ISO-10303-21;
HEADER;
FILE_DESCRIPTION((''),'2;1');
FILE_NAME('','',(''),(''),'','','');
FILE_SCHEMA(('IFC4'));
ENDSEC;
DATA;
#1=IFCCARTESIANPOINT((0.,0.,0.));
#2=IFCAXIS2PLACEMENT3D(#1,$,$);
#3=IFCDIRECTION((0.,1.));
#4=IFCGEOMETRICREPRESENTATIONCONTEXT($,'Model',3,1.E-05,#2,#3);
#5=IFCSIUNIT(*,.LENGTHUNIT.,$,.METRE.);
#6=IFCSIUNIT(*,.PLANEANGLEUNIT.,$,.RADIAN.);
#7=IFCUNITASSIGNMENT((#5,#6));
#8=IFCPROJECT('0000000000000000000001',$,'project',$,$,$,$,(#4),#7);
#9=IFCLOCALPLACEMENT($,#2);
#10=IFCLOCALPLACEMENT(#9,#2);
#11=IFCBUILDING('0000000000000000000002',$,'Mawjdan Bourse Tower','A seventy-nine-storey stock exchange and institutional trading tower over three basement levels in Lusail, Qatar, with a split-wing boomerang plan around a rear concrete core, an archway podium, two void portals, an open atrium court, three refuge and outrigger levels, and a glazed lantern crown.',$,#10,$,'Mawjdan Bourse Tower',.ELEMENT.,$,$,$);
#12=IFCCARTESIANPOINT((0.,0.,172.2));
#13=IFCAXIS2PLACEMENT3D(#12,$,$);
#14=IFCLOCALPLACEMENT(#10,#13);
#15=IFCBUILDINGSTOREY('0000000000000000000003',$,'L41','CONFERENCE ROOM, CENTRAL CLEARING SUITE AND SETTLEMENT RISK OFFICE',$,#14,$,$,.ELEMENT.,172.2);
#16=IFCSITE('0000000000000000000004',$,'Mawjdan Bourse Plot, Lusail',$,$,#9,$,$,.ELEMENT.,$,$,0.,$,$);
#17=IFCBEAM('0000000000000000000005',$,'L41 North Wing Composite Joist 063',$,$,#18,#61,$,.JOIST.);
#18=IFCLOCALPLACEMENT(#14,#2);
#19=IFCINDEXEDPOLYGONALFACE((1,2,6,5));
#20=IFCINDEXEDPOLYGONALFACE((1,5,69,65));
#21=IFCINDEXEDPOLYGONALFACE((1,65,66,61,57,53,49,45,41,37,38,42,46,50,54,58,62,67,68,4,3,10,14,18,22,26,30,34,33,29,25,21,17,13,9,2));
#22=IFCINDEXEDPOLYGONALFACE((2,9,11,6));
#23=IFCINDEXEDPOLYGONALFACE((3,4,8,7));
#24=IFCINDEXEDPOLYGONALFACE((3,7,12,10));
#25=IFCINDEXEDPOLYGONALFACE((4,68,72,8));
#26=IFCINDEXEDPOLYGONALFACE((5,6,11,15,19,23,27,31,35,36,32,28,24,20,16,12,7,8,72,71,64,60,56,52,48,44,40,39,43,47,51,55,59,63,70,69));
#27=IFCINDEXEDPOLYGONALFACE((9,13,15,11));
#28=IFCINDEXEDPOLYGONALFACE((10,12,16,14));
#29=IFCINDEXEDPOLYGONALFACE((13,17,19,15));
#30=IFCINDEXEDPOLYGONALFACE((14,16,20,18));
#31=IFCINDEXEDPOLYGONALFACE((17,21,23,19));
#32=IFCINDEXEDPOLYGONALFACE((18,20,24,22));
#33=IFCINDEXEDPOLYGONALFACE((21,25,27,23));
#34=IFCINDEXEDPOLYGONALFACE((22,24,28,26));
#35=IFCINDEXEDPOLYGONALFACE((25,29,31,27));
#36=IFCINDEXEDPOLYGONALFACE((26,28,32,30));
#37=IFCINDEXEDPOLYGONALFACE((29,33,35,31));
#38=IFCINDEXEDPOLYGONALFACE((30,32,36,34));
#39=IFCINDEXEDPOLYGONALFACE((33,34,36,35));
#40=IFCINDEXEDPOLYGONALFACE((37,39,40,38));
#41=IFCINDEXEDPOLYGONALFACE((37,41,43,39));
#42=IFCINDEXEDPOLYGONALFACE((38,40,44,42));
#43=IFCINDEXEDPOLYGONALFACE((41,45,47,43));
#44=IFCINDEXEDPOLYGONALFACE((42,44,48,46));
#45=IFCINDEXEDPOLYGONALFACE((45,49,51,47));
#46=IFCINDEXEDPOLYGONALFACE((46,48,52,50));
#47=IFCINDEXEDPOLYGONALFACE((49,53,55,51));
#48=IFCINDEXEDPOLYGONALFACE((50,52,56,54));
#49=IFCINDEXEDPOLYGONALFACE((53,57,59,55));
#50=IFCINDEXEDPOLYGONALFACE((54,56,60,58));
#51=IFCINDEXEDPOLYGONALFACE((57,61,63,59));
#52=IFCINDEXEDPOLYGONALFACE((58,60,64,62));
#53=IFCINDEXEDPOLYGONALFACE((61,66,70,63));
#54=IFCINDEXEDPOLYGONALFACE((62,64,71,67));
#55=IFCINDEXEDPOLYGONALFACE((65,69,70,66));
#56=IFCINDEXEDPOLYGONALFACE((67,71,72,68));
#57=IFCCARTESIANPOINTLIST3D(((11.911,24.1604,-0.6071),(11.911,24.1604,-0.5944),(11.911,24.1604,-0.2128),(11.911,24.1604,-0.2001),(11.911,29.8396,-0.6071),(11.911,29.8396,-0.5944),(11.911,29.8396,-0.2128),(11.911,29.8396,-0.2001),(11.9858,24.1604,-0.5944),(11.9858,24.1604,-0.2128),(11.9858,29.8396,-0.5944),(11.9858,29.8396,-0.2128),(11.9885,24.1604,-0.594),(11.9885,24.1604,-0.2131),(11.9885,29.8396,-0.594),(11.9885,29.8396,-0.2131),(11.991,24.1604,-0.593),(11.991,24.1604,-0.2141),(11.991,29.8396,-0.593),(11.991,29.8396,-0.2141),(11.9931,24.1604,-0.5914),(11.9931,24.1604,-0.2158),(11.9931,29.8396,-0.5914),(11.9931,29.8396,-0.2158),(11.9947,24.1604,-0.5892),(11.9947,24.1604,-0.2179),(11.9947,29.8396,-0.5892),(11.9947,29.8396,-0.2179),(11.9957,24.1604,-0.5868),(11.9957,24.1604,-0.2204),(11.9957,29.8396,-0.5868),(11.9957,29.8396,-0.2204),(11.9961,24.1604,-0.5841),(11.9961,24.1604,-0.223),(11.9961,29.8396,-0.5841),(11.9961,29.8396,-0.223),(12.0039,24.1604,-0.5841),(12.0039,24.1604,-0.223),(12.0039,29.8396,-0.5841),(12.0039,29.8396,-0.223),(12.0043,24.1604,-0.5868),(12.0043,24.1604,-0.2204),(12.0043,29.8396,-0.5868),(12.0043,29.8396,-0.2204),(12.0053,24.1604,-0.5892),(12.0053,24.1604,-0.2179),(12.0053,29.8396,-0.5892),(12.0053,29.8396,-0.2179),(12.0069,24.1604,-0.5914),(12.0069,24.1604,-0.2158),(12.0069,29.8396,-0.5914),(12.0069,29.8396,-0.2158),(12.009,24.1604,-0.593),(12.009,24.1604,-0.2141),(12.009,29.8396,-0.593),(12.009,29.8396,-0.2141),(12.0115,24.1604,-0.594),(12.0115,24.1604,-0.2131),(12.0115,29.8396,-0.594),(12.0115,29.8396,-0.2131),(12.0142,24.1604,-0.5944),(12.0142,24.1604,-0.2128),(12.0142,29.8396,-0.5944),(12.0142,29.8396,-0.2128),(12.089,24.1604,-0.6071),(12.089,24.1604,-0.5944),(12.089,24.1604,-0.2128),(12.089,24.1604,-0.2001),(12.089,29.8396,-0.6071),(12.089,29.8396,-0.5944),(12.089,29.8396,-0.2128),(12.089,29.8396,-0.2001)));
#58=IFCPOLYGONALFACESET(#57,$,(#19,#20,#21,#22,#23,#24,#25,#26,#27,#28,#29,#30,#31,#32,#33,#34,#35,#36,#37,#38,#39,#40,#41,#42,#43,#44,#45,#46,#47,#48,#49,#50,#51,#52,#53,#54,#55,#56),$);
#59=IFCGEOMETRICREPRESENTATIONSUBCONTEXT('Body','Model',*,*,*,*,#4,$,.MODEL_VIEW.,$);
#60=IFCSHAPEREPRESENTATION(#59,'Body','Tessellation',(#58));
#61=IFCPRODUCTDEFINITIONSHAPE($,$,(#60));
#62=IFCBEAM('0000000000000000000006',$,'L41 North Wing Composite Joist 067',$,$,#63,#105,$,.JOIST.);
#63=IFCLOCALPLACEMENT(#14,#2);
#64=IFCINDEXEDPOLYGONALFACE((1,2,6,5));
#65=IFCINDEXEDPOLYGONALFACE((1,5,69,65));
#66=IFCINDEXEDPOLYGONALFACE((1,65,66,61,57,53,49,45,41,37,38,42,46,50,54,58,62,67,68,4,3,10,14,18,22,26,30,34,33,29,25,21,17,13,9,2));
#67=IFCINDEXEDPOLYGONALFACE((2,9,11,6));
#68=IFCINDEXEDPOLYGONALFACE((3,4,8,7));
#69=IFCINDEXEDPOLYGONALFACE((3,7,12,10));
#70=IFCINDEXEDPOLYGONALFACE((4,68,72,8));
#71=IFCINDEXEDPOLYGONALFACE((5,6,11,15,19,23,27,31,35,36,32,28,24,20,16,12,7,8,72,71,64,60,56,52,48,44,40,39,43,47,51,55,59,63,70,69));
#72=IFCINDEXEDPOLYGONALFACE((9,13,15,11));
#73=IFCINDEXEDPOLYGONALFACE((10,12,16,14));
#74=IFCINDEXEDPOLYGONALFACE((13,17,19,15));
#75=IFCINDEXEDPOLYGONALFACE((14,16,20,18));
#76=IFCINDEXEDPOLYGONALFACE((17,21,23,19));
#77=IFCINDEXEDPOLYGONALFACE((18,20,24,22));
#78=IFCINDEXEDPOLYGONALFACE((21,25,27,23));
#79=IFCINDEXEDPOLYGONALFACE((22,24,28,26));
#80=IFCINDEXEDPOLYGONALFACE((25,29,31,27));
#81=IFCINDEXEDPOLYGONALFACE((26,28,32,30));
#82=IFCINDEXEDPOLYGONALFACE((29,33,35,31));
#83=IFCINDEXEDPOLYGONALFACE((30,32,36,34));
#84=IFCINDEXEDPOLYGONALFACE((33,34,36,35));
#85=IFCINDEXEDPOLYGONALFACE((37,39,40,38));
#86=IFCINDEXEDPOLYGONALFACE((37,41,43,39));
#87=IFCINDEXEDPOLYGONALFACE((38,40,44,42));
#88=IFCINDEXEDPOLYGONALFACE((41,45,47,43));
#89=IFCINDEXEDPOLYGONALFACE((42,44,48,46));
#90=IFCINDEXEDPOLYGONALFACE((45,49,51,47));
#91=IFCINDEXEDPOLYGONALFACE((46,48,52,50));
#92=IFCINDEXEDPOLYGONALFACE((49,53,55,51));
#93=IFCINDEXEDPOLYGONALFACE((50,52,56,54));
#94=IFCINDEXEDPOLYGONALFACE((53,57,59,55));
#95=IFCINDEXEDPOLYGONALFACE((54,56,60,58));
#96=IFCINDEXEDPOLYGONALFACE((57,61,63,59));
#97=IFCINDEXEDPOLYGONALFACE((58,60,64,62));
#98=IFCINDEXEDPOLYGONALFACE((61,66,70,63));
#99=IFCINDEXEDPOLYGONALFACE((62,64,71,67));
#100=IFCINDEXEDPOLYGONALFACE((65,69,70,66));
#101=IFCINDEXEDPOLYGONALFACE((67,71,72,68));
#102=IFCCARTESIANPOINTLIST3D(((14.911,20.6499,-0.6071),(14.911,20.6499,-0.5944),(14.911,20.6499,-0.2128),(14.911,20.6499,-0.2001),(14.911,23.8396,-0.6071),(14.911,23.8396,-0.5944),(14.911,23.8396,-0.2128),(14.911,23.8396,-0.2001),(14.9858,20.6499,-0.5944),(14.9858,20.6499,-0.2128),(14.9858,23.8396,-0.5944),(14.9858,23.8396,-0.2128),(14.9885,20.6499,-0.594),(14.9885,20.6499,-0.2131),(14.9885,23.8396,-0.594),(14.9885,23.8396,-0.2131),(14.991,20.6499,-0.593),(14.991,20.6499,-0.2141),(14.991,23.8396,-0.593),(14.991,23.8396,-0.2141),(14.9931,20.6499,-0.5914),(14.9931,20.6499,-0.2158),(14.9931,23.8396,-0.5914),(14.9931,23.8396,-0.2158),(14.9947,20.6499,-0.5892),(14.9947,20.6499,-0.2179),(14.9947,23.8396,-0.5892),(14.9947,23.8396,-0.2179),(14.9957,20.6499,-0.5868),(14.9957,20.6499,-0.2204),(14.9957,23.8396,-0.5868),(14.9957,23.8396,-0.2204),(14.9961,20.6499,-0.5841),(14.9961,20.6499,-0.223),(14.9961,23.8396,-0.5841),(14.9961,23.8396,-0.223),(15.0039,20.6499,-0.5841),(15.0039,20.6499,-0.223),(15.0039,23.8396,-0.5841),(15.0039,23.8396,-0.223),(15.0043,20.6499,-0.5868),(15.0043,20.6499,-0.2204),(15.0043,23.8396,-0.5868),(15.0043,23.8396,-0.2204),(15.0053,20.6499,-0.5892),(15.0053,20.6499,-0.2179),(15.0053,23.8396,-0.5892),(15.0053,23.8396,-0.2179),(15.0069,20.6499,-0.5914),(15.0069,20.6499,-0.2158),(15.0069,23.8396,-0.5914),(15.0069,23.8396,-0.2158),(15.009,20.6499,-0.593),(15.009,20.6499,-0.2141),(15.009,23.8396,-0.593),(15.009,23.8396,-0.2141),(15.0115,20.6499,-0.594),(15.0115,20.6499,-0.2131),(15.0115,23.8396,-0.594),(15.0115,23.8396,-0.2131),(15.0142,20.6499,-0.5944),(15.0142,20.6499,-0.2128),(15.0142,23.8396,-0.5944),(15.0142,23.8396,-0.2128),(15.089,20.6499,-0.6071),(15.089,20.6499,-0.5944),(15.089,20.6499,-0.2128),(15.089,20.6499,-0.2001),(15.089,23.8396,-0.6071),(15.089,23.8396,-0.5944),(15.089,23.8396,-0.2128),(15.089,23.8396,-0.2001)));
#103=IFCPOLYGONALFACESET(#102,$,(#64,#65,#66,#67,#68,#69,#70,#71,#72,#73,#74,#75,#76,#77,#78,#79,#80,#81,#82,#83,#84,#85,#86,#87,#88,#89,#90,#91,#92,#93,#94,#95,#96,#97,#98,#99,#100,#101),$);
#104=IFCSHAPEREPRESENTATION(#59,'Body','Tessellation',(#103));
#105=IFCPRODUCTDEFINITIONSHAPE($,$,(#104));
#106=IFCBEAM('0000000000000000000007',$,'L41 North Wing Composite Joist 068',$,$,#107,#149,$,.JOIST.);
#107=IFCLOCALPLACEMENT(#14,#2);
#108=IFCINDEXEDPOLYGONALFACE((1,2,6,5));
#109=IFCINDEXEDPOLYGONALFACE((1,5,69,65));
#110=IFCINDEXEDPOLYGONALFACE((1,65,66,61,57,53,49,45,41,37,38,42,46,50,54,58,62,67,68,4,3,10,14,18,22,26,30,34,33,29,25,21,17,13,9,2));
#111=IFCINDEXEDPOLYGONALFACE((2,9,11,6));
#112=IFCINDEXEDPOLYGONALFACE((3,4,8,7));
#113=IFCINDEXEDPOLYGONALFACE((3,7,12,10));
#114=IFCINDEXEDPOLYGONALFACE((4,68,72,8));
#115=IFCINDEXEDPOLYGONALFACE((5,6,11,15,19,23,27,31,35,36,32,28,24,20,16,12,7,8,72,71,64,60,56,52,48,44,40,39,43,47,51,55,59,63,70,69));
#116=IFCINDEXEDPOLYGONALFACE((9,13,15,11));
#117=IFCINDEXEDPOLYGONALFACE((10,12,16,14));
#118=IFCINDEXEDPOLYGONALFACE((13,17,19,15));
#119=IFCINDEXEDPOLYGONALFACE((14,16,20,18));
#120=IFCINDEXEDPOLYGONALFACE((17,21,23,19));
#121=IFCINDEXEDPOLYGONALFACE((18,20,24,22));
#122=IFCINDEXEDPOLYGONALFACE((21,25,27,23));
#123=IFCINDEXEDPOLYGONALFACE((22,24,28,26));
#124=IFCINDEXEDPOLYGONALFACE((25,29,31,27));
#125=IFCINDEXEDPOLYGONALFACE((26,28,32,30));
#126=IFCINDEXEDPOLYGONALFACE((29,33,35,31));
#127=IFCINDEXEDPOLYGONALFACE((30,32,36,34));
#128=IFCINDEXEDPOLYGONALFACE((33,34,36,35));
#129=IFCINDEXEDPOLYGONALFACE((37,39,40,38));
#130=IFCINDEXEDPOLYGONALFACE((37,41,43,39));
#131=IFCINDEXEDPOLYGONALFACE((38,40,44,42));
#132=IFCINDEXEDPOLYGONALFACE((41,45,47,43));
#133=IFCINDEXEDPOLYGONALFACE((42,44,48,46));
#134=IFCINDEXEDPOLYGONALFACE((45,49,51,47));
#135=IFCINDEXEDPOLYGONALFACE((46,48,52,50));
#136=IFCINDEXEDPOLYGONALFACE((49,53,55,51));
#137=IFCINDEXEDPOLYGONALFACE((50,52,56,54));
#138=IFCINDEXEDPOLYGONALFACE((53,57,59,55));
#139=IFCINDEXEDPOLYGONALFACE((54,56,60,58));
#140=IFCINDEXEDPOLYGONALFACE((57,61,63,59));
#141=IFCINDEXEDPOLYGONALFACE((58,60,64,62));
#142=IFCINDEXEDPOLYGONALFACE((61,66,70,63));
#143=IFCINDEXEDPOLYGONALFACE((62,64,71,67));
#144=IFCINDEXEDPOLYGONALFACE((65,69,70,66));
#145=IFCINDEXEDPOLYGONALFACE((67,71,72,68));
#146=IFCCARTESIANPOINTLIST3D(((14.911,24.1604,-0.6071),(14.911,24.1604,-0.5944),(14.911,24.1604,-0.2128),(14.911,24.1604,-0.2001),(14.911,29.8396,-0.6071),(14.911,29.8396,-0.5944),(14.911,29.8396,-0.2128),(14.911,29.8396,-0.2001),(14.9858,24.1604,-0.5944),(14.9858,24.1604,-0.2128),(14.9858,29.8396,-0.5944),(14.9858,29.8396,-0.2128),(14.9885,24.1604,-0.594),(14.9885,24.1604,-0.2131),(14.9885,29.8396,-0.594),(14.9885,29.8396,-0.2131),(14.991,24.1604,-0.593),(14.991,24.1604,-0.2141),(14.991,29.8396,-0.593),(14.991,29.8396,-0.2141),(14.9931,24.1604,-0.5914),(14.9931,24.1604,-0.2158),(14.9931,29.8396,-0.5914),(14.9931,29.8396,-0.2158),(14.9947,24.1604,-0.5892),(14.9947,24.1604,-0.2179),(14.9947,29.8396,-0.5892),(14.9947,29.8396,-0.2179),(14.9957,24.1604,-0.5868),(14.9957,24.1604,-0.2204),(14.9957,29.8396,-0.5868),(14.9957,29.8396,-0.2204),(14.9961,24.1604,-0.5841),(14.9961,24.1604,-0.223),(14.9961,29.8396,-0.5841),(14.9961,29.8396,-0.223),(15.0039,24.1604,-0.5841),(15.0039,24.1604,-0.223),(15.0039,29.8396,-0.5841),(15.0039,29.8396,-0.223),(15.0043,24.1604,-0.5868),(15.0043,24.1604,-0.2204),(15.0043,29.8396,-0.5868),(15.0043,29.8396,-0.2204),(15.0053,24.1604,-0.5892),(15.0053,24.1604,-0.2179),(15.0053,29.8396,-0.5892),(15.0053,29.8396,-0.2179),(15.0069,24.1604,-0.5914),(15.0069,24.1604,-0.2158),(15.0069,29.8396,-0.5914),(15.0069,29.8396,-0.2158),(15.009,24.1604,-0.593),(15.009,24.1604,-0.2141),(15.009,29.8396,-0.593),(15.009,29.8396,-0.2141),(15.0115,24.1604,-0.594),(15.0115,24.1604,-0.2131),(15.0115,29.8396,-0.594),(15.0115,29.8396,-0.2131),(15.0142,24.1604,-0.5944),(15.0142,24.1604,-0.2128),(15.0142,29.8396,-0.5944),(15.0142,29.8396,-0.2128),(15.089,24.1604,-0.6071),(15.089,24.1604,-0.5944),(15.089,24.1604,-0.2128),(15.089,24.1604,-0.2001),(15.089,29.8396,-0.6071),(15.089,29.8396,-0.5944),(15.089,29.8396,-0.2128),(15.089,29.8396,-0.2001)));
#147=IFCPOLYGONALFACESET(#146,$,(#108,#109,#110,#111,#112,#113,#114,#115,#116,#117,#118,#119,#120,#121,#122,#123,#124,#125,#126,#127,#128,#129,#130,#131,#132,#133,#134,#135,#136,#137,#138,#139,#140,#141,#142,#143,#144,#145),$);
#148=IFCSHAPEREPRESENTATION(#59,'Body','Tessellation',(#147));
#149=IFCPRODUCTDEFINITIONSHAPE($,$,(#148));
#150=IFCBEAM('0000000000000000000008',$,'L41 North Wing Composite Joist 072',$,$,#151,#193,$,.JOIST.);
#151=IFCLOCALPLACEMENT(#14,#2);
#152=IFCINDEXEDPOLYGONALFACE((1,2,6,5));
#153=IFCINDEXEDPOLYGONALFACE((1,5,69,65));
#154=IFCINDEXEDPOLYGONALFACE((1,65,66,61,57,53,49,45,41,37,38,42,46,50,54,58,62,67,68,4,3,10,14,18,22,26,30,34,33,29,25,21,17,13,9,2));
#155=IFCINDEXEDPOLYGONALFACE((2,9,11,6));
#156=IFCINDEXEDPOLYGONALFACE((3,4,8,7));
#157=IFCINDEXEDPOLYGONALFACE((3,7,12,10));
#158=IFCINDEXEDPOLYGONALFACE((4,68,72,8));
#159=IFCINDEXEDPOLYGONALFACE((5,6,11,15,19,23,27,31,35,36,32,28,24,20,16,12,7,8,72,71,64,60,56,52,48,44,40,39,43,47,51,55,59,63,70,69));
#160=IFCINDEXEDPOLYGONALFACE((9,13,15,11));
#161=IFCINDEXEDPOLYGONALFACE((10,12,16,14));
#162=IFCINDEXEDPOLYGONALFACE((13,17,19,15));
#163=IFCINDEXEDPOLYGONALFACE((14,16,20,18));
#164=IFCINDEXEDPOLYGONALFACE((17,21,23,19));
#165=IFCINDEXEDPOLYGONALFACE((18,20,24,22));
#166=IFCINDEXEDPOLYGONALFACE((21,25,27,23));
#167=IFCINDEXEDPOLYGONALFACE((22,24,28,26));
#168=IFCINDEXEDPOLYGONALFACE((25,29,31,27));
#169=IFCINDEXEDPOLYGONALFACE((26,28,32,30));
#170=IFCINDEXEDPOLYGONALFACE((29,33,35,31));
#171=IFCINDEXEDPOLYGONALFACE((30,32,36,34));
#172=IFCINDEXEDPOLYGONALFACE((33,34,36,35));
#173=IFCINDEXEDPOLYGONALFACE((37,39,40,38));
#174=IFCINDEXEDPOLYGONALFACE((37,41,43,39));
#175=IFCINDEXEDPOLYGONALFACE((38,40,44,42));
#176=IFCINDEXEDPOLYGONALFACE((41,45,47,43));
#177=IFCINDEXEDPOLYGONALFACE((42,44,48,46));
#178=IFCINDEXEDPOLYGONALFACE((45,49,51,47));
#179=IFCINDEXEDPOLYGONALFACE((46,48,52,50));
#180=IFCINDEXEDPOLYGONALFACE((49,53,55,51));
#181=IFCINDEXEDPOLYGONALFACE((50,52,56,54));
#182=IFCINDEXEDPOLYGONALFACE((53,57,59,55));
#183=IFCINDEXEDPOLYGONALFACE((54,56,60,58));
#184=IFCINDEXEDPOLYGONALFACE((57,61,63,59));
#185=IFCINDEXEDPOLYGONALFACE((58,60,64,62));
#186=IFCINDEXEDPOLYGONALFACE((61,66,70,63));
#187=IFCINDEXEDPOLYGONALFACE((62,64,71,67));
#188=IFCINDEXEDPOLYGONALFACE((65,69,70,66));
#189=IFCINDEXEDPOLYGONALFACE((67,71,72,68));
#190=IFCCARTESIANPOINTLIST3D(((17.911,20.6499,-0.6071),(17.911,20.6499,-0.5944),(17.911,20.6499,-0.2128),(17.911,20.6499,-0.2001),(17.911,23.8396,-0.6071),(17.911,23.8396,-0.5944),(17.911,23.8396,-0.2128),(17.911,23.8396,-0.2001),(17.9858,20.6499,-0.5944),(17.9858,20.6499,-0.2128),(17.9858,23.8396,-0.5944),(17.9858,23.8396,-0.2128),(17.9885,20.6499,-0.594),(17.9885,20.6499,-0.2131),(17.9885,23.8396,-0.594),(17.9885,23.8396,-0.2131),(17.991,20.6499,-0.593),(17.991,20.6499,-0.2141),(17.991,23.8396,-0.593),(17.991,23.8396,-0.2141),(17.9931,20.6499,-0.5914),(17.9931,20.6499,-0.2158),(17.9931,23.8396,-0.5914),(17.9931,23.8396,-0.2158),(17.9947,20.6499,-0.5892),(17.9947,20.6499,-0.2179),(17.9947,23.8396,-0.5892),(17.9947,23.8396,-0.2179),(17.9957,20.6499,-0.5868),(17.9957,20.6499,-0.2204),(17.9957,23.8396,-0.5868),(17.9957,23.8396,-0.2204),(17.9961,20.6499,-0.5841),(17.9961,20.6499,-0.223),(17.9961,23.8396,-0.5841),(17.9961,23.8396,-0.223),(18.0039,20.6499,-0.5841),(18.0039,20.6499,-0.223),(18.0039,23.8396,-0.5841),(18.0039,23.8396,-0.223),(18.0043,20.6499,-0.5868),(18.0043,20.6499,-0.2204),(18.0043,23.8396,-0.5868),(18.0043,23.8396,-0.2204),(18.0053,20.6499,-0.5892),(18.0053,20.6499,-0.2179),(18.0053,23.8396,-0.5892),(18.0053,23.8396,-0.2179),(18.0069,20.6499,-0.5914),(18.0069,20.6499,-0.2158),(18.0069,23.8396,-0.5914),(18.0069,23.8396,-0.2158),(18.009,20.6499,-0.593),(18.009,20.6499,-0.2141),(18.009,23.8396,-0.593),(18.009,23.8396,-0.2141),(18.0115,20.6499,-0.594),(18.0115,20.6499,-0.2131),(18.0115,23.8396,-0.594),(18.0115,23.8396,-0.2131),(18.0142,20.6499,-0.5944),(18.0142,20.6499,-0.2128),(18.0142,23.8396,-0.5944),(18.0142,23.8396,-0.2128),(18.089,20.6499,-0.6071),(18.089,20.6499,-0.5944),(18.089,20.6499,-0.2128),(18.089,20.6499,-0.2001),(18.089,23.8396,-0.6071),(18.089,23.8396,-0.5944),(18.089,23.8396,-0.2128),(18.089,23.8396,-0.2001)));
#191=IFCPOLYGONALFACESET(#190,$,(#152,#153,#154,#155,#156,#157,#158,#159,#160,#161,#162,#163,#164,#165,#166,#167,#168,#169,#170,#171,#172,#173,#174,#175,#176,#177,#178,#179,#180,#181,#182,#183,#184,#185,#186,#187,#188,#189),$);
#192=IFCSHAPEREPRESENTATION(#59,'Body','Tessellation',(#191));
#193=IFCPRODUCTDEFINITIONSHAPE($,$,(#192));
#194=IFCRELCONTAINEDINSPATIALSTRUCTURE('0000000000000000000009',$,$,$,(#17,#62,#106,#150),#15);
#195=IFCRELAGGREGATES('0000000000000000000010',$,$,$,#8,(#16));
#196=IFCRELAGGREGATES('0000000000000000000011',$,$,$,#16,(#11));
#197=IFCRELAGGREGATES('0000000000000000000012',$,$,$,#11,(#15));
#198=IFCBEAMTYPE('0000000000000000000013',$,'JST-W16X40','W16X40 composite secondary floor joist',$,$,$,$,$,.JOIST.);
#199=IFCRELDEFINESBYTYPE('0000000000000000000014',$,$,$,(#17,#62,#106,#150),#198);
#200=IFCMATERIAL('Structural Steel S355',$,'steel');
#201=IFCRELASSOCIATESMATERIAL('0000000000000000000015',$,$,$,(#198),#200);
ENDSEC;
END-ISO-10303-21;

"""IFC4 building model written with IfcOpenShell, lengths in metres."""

from ifc_helpers import new_model, si_unit, direction, frame, origin, origin_2d, place, context, subcontext, project, spatial, i_section, extrude, material, material_profile, profile_set, type_object, element, save


model = new_model("IFC4")

# Units and contexts
model_context = context("Model", 3, precision=1e-05, world=origin(), true_north=direction((0.0, 1.0)))
body_context = subcontext(model_context, "Body", "Model", "MODEL_VIEW")
ifc_project = project(units=[si_unit("LENGTHUNIT", "METRE"), si_unit("PLANEANGLEUNIT", "RADIAN")], contexts=[model_context])

# Site, building, storey
site_placement = place(None, origin())
site = spatial("IfcSite", under=ifc_project, at=site_placement, Name="Mawjdan Bourse Plot, Lusail", CompositionType="ELEMENT", RefElevation=0.0)
building_placement = place(site_placement, origin())
building = spatial("IfcBuilding", under=site, at=building_placement, Name="Mawjdan Bourse Tower", Description="A seventy-nine-storey stock exchange and institutional trading tower over three basement levels in Lusail, Qatar, with a split-wing boomerang plan around a rear concrete core, an archway podium, two void portals, an open atrium court, three refuge and outrigger levels, and a glazed lantern crown.", LongName="Mawjdan Bourse Tower", CompositionType="ELEMENT")
storey_placement = place(building_placement, frame((0.0, 0.0, 172.2)))
storey = spatial("IfcBuildingStorey", under=building, at=storey_placement, Name="L41", Description="CONFERENCE ROOM, CENTRAL CLEARING SUITE AND SETTLEMENT RISK OFFICE", CompositionType="ELEMENT", Elevation=172.2)

# Beams
ifc_material_1 = material(Name="Structural Steel S355", Category="steel")
ifc_material_profile_1 = material_profile(ifc_material_1, i_section(OverallWidth=0.178, OverallDepth=0.407, WebThickness=0.0078, FlangeThickness=0.0127, FilletRadius=0.0103, at=origin_2d()), Name="W16X40")
ifc_profile_set_1 = profile_set([ifc_material_profile_1], Name="Structural Steel S355")
beam_type_1 = type_object("IfcBeamType", Name="JST-W16X40", Description="W16X40 composite secondary floor joist", PredefinedType="JOIST", material=ifc_profile_set_1)
beam_1_placement = place(storey_placement, frame((12.0, 24.1604, -0.4036), z_axis=(0.0, 1.0, 0.0), x_axis=(-1.0, 0.0, 0.0)))
element("IfcBeam", 1, at=beam_1_placement, inside=storey, type_object=beam_type_1, Name="L41 North Wing Composite Joist 063", PredefinedType="JOIST", context=body_context, shape_type="SweptSolid", body=[
    extrude(i_section(OverallWidth=0.178, OverallDepth=0.407, WebThickness=0.0078, FlangeThickness=0.0127, FilletRadius=0.0103, at=origin_2d()), origin(), (0.0, 0.0, 1.0), 5.6792),
])
beam_2_placement = place(storey_placement, frame((15.0, 20.6499, -0.4036), z_axis=(0.0, 1.0, 0.0), x_axis=(-1.0, 0.0, 0.0)))
element("IfcBeam", 2, at=beam_2_placement, inside=storey, type_object=beam_type_1, Name="L41 North Wing Composite Joist 067", PredefinedType="JOIST", context=body_context, shape_type="SweptSolid", body=[
    extrude(i_section(OverallWidth=0.178, OverallDepth=0.407, WebThickness=0.0078, FlangeThickness=0.0127, FilletRadius=0.0103, at=origin_2d()), origin(), (0.0, 0.0, 1.0), 3.1897),
])
beam_3_placement = place(storey_placement, frame((15.0, 24.1604, -0.4036), z_axis=(0.0, 1.0, 0.0), x_axis=(-1.0, 0.0, 0.0)))
element("IfcBeam", 3, at=beam_3_placement, inside=storey, type_object=beam_type_1, Name="L41 North Wing Composite Joist 068", PredefinedType="JOIST", context=body_context, shape_type="SweptSolid", body=[
    extrude(i_section(OverallWidth=0.178, OverallDepth=0.407, WebThickness=0.0078, FlangeThickness=0.0127, FilletRadius=0.0103, at=origin_2d()), origin(), (0.0, 0.0, 1.0), 5.6792),
])
beam_4_placement = place(storey_placement, frame((18.0, 20.6499, -0.4036), z_axis=(0.0, 1.0, 0.0), x_axis=(-1.0, 0.0, 0.0)))
element("IfcBeam", 4, at=beam_4_placement, inside=storey, type_object=beam_type_1, Name="L41 North Wing Composite Joist 072", PredefinedType="JOIST", context=body_context, shape_type="SweptSolid", body=[
    extrude(i_section(OverallWidth=0.178, OverallDepth=0.407, WebThickness=0.0078, FlangeThickness=0.0127, FilletRadius=0.0103, at=origin_2d()), origin(), (0.0, 0.0, 1.0), 3.1897),
])

save(model, "model.ifc")
